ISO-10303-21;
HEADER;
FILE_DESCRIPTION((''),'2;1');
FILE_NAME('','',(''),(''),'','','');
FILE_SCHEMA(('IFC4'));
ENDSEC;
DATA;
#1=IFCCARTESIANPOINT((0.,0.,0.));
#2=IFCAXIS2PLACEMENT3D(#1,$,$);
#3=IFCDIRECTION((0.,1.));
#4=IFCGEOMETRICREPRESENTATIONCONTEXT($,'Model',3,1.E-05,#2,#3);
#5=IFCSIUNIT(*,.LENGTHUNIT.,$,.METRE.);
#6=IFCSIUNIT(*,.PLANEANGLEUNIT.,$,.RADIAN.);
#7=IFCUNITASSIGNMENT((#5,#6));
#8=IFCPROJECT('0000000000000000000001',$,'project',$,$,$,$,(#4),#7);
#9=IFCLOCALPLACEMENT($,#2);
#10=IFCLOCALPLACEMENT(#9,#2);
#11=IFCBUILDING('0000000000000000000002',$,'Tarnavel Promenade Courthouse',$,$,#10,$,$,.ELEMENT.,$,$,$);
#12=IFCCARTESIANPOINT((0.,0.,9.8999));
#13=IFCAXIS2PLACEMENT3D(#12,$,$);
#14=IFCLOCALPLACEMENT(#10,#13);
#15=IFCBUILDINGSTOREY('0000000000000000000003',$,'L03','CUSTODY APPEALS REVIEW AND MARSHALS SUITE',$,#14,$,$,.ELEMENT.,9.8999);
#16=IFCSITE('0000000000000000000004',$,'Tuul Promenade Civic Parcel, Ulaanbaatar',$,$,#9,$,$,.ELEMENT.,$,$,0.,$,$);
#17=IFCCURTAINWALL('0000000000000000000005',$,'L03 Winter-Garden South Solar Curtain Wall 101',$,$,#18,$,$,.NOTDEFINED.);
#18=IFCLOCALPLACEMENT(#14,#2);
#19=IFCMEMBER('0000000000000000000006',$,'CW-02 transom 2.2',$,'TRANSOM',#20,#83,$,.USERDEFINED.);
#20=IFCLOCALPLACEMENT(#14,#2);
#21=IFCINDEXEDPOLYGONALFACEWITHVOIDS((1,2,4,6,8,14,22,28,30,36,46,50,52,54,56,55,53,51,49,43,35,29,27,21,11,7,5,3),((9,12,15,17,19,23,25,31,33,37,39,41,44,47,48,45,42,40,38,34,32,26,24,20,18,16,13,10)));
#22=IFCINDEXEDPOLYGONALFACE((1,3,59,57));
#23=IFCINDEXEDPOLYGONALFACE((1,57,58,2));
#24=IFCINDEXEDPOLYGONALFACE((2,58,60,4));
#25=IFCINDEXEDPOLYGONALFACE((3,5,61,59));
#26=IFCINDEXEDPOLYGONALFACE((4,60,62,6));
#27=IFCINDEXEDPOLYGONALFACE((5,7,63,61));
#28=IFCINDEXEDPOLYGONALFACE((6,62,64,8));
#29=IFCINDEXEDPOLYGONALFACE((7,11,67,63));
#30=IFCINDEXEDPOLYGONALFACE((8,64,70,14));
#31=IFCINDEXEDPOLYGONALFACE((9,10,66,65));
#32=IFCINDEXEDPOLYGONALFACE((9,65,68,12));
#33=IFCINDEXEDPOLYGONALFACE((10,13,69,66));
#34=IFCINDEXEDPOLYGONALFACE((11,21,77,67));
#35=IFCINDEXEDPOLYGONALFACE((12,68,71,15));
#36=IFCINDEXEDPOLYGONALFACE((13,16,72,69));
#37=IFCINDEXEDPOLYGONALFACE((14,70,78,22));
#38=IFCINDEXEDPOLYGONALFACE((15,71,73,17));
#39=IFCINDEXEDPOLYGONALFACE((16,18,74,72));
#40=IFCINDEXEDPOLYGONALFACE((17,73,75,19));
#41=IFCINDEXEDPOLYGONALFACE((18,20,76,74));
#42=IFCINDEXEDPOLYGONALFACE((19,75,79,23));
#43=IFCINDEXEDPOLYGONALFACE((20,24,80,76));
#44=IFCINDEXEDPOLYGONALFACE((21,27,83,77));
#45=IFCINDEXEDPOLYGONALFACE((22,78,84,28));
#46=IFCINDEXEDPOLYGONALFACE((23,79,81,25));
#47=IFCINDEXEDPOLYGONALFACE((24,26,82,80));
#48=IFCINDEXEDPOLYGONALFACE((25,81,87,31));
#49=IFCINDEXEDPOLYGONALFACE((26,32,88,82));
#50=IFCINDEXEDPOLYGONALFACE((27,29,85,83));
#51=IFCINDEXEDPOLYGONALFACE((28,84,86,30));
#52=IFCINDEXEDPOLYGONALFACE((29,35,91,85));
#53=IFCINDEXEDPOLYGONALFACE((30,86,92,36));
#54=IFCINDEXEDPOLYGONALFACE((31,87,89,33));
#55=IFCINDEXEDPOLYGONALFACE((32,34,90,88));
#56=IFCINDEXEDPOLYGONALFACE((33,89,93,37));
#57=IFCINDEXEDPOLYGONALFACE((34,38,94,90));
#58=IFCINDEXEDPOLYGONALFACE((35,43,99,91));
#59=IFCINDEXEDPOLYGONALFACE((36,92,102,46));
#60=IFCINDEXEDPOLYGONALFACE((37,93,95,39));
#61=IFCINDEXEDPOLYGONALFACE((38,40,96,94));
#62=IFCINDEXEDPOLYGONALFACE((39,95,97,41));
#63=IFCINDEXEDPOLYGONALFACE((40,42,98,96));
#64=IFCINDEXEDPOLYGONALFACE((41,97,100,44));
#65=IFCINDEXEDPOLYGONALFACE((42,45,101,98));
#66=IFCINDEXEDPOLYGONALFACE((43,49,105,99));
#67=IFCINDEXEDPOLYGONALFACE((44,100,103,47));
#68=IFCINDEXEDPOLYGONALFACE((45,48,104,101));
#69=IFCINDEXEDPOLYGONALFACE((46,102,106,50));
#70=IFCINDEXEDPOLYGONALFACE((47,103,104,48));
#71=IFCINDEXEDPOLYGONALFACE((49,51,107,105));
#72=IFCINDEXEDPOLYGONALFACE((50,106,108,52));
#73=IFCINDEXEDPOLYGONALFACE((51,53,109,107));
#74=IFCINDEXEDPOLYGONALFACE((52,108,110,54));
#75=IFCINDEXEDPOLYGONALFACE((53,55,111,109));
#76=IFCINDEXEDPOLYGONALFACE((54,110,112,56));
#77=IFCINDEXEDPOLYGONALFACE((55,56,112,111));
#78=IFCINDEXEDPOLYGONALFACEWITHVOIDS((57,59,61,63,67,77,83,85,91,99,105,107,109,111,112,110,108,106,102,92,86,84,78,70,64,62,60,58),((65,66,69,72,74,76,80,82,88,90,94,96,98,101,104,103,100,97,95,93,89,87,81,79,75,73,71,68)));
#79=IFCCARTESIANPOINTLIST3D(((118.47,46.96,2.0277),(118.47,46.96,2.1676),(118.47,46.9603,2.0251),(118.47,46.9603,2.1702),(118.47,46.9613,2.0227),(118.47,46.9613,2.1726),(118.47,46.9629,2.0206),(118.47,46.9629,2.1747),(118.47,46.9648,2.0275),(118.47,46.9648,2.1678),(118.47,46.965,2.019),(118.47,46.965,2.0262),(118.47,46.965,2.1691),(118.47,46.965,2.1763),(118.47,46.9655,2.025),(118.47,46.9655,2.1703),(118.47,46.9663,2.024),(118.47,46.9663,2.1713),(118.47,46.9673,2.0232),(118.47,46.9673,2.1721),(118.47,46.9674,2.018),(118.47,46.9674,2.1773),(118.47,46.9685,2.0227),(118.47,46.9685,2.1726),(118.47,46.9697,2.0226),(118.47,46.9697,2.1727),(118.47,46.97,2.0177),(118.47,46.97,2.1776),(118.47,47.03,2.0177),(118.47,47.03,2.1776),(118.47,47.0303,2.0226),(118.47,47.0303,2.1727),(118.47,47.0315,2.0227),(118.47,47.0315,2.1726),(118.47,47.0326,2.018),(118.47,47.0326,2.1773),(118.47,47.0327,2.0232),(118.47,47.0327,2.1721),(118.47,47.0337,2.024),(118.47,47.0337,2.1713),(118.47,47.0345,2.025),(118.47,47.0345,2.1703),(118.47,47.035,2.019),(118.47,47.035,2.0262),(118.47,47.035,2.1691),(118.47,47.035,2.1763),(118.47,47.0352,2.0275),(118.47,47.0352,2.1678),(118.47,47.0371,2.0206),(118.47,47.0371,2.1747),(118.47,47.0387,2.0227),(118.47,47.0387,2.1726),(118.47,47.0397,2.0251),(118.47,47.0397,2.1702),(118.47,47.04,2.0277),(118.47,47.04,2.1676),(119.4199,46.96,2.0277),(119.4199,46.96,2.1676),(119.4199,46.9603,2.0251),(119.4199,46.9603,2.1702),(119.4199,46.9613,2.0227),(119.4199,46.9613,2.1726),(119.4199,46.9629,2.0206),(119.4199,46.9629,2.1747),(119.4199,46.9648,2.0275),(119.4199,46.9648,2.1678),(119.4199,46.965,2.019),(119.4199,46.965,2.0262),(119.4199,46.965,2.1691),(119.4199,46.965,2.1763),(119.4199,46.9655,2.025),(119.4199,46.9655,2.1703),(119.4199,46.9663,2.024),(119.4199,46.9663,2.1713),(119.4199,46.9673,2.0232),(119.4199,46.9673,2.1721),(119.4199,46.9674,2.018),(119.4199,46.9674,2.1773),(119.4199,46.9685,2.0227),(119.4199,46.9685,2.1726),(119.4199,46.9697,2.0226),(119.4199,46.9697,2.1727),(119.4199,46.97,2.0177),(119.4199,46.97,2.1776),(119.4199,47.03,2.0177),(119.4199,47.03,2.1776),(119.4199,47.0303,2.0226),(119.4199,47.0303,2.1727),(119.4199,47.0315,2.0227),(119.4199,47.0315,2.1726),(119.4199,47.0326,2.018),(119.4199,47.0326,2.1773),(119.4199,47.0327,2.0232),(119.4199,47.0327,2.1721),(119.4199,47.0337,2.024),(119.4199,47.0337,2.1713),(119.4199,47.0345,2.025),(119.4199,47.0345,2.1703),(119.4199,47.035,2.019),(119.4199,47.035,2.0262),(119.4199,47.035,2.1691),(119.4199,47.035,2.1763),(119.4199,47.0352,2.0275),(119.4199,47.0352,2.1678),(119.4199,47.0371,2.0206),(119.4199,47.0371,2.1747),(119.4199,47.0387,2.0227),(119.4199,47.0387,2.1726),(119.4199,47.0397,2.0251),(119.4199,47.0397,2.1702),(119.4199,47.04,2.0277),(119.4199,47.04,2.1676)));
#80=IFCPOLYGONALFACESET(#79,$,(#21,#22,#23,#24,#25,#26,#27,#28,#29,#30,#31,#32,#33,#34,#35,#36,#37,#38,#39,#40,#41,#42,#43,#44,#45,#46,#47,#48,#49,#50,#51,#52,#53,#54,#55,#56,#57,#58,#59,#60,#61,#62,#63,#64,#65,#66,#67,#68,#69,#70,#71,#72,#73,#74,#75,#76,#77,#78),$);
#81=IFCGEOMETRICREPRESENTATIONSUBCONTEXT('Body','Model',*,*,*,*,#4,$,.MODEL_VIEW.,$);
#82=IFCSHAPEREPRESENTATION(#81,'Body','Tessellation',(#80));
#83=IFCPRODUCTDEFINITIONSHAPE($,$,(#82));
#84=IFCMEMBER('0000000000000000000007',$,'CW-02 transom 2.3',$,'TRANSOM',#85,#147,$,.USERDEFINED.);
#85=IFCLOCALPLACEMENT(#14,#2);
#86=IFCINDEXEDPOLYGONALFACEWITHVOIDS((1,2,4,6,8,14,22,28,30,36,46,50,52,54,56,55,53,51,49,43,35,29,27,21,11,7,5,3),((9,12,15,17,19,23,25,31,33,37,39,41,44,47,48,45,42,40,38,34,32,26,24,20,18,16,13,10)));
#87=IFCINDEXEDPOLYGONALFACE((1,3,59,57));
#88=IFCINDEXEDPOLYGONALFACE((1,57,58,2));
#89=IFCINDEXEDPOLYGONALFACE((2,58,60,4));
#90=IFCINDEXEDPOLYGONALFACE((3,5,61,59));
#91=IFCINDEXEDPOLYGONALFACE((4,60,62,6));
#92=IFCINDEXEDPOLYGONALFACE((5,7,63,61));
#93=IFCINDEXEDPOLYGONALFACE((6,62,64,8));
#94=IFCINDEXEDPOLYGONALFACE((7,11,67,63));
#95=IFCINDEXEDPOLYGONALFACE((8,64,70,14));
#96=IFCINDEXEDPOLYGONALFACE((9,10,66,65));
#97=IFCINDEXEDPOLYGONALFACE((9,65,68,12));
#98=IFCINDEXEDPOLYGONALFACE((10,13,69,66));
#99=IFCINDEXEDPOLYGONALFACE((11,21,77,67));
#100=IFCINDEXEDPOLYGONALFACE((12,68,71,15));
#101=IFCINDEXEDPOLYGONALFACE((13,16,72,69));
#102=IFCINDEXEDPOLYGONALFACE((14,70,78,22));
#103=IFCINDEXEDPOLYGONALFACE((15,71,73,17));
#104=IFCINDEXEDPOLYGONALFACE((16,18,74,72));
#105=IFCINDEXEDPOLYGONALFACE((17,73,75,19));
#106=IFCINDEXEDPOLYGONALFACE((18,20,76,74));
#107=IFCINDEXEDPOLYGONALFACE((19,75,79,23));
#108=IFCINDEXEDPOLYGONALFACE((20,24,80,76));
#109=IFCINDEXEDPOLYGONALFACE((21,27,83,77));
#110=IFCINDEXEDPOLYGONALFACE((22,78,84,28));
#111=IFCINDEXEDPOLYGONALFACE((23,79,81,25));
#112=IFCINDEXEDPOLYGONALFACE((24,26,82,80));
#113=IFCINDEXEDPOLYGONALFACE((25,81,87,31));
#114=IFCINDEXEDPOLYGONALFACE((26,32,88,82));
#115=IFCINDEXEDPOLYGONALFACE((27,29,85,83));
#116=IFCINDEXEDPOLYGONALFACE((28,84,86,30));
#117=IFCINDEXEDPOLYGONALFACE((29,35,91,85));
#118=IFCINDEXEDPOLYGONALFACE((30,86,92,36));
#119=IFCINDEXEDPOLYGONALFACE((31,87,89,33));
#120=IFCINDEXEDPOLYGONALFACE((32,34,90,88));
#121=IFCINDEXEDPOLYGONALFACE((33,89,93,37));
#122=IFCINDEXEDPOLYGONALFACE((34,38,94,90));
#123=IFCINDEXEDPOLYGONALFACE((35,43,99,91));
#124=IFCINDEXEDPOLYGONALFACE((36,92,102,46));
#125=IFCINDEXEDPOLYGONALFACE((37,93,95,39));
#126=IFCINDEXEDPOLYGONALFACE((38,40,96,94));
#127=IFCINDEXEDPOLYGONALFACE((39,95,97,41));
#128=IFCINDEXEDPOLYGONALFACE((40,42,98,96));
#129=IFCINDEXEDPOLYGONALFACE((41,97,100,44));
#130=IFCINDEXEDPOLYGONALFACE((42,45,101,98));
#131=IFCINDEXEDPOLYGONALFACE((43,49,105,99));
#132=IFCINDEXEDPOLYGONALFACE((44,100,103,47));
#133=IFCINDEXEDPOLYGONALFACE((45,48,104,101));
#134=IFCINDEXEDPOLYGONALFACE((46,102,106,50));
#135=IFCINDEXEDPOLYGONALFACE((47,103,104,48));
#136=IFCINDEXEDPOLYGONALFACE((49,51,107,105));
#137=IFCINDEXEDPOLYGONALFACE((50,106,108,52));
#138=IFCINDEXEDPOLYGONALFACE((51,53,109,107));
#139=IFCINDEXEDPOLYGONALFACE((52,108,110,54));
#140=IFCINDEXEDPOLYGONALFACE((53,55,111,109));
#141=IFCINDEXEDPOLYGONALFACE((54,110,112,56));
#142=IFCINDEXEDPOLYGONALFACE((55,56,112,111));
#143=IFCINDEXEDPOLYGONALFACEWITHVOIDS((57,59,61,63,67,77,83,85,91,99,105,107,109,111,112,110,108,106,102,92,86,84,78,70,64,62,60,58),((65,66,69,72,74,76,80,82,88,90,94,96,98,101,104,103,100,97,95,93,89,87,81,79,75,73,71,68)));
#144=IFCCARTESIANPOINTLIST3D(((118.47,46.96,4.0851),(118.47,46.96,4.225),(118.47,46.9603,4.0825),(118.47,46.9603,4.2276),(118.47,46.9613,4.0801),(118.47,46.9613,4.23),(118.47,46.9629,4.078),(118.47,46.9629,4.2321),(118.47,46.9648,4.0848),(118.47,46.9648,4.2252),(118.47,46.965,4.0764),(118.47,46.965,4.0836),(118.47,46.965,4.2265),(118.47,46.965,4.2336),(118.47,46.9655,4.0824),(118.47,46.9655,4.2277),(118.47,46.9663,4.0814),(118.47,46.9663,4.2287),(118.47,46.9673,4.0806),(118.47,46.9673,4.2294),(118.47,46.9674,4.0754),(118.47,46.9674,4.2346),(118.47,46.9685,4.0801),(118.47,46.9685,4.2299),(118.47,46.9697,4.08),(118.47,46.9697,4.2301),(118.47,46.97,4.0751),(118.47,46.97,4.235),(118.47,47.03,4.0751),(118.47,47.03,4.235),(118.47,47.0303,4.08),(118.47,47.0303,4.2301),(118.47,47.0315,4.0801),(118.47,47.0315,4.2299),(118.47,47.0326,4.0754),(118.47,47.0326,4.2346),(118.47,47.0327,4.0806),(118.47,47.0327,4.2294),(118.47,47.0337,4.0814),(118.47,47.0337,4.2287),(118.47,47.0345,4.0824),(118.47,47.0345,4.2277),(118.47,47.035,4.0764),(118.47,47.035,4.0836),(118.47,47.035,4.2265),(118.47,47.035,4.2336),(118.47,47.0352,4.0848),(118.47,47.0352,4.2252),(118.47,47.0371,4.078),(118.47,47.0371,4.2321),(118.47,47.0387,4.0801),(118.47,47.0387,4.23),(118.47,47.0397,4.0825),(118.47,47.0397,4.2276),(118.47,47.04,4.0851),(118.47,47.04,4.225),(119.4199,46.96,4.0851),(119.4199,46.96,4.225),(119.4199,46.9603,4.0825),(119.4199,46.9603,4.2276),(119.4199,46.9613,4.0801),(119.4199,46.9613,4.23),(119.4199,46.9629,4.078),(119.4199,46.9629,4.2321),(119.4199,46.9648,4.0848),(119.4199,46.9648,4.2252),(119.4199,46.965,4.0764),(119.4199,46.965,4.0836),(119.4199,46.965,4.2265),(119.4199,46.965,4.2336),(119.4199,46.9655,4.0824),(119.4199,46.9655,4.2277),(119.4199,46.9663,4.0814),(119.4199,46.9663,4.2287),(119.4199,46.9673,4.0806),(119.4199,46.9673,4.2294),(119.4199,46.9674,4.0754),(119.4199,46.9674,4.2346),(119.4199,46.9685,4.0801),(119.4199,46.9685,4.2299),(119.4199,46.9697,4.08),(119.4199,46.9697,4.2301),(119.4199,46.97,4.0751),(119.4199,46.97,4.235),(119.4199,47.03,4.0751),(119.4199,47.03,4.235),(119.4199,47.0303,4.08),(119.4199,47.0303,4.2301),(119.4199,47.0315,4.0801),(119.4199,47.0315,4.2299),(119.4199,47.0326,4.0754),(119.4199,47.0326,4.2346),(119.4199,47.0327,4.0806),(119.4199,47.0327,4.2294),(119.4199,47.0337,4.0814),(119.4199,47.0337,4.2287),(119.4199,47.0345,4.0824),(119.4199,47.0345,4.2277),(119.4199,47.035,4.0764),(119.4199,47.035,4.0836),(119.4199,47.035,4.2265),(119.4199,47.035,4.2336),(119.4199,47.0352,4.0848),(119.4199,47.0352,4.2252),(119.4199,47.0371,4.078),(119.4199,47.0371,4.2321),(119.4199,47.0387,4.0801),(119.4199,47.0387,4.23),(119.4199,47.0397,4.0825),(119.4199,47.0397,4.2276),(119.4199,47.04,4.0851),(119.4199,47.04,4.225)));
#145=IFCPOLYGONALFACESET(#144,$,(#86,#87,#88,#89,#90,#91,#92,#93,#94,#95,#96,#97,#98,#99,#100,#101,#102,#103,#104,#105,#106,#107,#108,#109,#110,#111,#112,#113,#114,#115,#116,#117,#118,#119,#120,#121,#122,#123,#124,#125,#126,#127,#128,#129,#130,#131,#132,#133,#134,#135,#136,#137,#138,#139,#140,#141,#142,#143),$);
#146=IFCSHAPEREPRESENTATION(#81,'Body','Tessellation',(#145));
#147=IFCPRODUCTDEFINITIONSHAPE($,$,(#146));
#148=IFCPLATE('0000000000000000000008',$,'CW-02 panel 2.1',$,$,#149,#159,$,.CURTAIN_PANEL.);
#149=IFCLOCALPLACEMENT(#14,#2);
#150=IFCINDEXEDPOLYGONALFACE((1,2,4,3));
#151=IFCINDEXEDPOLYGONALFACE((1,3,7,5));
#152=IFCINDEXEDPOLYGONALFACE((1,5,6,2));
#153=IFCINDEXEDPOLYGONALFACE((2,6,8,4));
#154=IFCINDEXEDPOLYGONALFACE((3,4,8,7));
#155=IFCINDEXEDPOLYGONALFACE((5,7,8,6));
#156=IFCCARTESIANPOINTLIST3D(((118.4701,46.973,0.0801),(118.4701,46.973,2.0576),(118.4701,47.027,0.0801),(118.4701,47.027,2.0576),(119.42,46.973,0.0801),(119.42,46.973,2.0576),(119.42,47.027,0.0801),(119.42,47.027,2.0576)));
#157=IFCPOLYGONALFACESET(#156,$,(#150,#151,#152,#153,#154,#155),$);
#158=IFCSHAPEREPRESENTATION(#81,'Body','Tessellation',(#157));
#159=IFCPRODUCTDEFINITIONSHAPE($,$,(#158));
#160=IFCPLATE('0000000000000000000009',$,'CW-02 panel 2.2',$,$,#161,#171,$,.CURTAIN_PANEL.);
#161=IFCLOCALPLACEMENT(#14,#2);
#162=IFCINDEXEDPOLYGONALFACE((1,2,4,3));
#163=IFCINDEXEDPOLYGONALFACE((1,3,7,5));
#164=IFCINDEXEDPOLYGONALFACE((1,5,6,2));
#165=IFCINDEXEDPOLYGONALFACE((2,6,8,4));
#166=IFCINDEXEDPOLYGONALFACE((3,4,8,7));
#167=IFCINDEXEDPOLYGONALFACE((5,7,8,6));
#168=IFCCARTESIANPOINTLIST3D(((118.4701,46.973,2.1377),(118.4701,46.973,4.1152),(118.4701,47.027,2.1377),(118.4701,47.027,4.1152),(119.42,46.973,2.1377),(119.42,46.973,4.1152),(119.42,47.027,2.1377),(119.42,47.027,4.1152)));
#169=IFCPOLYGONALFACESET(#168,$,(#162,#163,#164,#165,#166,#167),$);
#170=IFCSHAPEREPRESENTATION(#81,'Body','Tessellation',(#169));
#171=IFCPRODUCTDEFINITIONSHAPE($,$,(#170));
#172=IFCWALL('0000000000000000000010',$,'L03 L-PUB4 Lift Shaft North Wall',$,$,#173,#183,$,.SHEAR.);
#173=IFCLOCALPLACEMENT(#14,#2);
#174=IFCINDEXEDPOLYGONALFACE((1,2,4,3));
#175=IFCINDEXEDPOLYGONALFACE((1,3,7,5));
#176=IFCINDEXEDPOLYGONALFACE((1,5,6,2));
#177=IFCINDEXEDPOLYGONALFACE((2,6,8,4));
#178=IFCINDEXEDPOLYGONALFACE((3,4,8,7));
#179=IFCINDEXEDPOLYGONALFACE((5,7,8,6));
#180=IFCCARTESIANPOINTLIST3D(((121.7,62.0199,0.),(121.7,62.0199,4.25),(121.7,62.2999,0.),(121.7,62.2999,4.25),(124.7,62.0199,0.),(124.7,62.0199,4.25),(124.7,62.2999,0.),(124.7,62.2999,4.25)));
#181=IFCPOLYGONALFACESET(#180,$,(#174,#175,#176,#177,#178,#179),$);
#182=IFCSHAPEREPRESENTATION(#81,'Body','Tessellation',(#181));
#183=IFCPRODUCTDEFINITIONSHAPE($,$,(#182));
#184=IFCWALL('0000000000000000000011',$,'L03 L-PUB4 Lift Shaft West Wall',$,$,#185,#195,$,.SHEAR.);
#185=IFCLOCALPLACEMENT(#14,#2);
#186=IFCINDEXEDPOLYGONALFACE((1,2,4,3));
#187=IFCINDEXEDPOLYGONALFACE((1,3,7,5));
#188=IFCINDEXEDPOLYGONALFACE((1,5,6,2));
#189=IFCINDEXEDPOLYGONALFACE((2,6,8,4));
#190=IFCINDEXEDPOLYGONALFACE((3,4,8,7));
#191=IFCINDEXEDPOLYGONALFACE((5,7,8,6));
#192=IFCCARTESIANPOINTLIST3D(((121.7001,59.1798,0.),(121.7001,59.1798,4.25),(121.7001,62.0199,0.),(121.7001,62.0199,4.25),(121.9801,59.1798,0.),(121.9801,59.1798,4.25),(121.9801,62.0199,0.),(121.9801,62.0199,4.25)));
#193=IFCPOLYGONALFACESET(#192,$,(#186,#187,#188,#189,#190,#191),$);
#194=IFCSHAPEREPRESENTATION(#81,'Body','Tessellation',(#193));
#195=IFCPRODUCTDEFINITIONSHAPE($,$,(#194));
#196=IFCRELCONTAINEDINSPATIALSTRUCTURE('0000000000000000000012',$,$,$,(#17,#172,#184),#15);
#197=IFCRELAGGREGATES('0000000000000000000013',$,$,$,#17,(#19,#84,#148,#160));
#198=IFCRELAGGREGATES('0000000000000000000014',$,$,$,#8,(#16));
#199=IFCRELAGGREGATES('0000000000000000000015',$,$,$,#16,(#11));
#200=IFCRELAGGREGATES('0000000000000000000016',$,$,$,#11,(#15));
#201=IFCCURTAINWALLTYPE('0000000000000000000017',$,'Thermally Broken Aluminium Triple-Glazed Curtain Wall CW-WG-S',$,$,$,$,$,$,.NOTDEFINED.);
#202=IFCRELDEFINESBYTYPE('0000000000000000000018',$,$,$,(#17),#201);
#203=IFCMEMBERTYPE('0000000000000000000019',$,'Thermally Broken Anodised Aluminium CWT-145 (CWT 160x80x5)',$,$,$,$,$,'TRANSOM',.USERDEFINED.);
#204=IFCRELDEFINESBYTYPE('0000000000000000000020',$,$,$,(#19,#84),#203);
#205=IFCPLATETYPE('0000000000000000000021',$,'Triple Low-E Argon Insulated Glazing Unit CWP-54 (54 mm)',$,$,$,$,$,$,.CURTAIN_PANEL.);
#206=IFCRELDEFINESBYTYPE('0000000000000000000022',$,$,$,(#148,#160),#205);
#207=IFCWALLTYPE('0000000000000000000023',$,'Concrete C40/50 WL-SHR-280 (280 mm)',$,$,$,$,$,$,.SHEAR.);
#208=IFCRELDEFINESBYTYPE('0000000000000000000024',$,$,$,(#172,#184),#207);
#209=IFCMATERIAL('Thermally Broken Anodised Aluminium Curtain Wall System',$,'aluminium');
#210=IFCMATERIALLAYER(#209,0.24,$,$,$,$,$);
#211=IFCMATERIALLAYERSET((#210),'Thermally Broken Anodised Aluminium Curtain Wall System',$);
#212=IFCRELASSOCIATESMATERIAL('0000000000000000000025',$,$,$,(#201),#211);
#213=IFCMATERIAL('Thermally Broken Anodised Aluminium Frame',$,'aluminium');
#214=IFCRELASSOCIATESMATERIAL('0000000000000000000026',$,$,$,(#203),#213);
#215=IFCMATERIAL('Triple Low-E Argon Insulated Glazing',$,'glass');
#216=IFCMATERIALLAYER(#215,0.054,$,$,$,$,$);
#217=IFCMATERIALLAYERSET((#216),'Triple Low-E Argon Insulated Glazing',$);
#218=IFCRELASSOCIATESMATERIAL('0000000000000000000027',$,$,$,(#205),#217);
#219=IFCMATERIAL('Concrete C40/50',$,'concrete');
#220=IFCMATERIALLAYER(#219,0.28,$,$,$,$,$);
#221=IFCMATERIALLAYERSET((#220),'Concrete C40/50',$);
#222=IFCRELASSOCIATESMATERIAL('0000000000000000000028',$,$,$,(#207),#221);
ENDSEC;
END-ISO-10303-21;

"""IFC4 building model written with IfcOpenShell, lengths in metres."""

from ifc_helpers import new_model, si_unit, direction, frame, frame_2d, origin, origin_2d, place, context, subcontext, project, spatial, rectangle, hollow_rectangle, extrude, material, layer, layer_set, material_profile, profile_set, type_object, element, aggregate, save


model = new_model("IFC4")

# Units and contexts
model_context = context("Model", 3, precision=1e-05, world=origin(), true_north=direction((0.0, 1.0)))
body_context = subcontext(model_context, "Body", "Model", "MODEL_VIEW")
ifc_project = project(units=[si_unit("LENGTHUNIT", "METRE"), si_unit("PLANEANGLEUNIT", "RADIAN")], contexts=[model_context])

# Site, building, storey
site_placement = place(None, origin())
site = spatial("IfcSite", under=ifc_project, at=site_placement, Name="Tuul Promenade Civic Parcel, Ulaanbaatar", CompositionType="ELEMENT", RefElevation=0.0)
building_placement = place(site_placement, origin())
building = spatial("IfcBuilding", under=site, at=building_placement, Name="Tarnavel Promenade Courthouse", CompositionType="ELEMENT")
storey_placement = place(building_placement, frame((0.0, 0.0, 9.8999)))
storey = spatial("IfcBuildingStorey", under=building, at=storey_placement, Name="L03", Description="CUSTODY APPEALS REVIEW AND MARSHALS SUITE", CompositionType="ELEMENT", Elevation=9.8999)

# Shared definitions
ifc_material_1 = material(Name="Concrete C40/50", Category="concrete")

# Curtain wall, members, plates
ifc_material_2 = material(Name="Thermally Broken Anodised Aluminium Curtain Wall System", Category="aluminium")
ifc_layer_1 = layer(ifc_material_2, 0.24)
ifc_layer_set_1 = layer_set([ifc_layer_1], Name="Thermally Broken Anodised Aluminium Curtain Wall System")
curtain_wall_type = type_object("IfcCurtainWallType", Name="Thermally Broken Aluminium Triple-Glazed Curtain Wall CW-WG-S", PredefinedType="NOTDEFINED", material=ifc_layer_set_1)
curtain_wall_placement = place(storey_placement, origin())
curtain_wall = element("IfcCurtainWall", 1, at=curtain_wall_placement, inside=storey, type_object=curtain_wall_type, Name="L03 Winter-Garden South Solar Curtain Wall 101", PredefinedType="NOTDEFINED")
ifc_material_3 = material(Name="Thermally Broken Anodised Aluminium Frame", Category="aluminium")
ifc_material_profile_1 = material_profile(ifc_material_3, hollow_rectangle(XDim=0.0801, YDim=0.1599, WallThickness=0.0049, InnerFilletRadius=0.0049, OuterFilletRadius=0.01, at=origin_2d()), Name="CWT 160x80x5")
ifc_profile_set_1 = profile_set([ifc_material_profile_1], Name="Thermally Broken Anodised Aluminium Frame")
member_type_1 = type_object("IfcMemberType", Name="Thermally Broken Anodised Aluminium CWT-145 (CWT 160x80x5)", ElementType="TRANSOM", PredefinedType="USERDEFINED", material=ifc_profile_set_1)
member_1_placement = place(storey_placement, frame((118.47, 47.0, 2.0977), z_axis=(1.0, 0.0, 0.0), x_axis=(0.0, 1.0, 0.0)))
member_1 = element("IfcMember", 2, at=member_1_placement, type_object=member_type_1, Name="CW-02 transom 2.2", ObjectType="TRANSOM", PredefinedType="USERDEFINED", context=body_context, shape_type="SweptSolid", body=[
    extrude(hollow_rectangle(XDim=0.0801, YDim=0.1599, WallThickness=0.0049, InnerFilletRadius=0.0049, OuterFilletRadius=0.01, at=origin_2d()), origin(), (0.0, 0.0, 1.0), 0.95),
])
member_2_placement = place(storey_placement, frame((118.47, 47.0, 4.155), z_axis=(1.0, 0.0, 0.0), x_axis=(0.0, 1.0, 0.0)))
member_2 = element("IfcMember", 3, at=member_2_placement, type_object=member_type_1, Name="CW-02 transom 2.3", ObjectType="TRANSOM", PredefinedType="USERDEFINED", context=body_context, shape_type="SweptSolid", body=[
    extrude(hollow_rectangle(XDim=0.0801, YDim=0.1599, WallThickness=0.0049, InnerFilletRadius=0.0049, OuterFilletRadius=0.01, at=origin_2d()), origin(), (0.0, 0.0, 1.0), 0.95),
])
ifc_material_4 = material(Name="Triple Low-E Argon Insulated Glazing", Category="glass")
ifc_layer_2 = layer(ifc_material_4, 0.054)
ifc_layer_set_2 = layer_set([ifc_layer_2], Name="Triple Low-E Argon Insulated Glazing")
plate_type = type_object("IfcPlateType", Name="Triple Low-E Argon Insulated Glazing Unit CWP-54 (54 mm)", PredefinedType="CURTAIN_PANEL", material=ifc_layer_set_2)
plate_1_placement = place(storey_placement, frame((118.9451, 47.0, 0.0801), z_axis=(0.0, 0.0, 1.0), x_axis=(1.0, 0.0, 0.0)))
plate_1 = element("IfcPlate", 4, at=plate_1_placement, type_object=plate_type, Name="CW-02 panel 2.1", PredefinedType="CURTAIN_PANEL", context=body_context, shape_type="SweptSolid", body=[
    extrude(rectangle(XDim=0.95, YDim=0.054, at=origin_2d()), origin(), (0.0, 0.0, 1.0), 1.9775),
])
plate_2_placement = place(storey_placement, frame((118.9451, 47.0, 2.1377), z_axis=(0.0, 0.0, 1.0), x_axis=(1.0, 0.0, 0.0)))
plate_2 = element("IfcPlate", 5, at=plate_2_placement, type_object=plate_type, Name="CW-02 panel 2.2", PredefinedType="CURTAIN_PANEL", context=body_context, shape_type="SweptSolid", body=[
    extrude(rectangle(XDim=0.95, YDim=0.054, at=origin_2d()), origin(), (0.0, 0.0, 1.0), 1.9775),
])
aggregate(curtain_wall, [member_1, member_2, plate_1, plate_2])

# Walls
ifc_layer_3 = layer(ifc_material_1, 0.28)
ifc_layer_set_3 = layer_set([ifc_layer_3], Name="Concrete C40/50")
wall_type_1 = type_object("IfcWallType", Name="Concrete C40/50 WL-SHR-280 (280 mm)", PredefinedType="SHEAR", material=ifc_layer_set_3)
wall_1_placement = place(storey_placement, frame((121.7, 62.1599, 0.0), z_axis=(0.0, 0.0, 1.0), x_axis=(1.0, 0.0, 0.0)))
element("IfcWall", 6, at=wall_1_placement, inside=storey, type_object=wall_type_1, Name="L03 L-PUB4 Lift Shaft North Wall", PredefinedType="SHEAR", context=body_context, shape_type="SweptSolid", body=[
    extrude(rectangle(XDim=3.0, YDim=0.28, at=frame_2d((1.5, 0.0))), origin(), (0.0, 0.0, 1.0), 4.25),
])
for number, where, z_axis, x_axis, name in (
    (7, (121.8401, 59.1799, 0.0), (0.0, 0.0, 1.0), (0.0, 1.0, 0.0), "L03 L-PUB4 Lift Shaft West Wall"),
):
    element("IfcWall", number, at=place(storey_placement, frame(where, z_axis=z_axis, x_axis=x_axis)), inside=storey, type_object=wall_type_1, Name=name, PredefinedType="SHEAR", context=body_context, shape_type="SweptSolid", body=[
        extrude(rectangle(XDim=2.8401, YDim=0.28, at=frame_2d((1.4199, 0.0))), origin(), (0.0, 0.0, 1.0), 4.25),
    ])

save(model, "model.ifc")
